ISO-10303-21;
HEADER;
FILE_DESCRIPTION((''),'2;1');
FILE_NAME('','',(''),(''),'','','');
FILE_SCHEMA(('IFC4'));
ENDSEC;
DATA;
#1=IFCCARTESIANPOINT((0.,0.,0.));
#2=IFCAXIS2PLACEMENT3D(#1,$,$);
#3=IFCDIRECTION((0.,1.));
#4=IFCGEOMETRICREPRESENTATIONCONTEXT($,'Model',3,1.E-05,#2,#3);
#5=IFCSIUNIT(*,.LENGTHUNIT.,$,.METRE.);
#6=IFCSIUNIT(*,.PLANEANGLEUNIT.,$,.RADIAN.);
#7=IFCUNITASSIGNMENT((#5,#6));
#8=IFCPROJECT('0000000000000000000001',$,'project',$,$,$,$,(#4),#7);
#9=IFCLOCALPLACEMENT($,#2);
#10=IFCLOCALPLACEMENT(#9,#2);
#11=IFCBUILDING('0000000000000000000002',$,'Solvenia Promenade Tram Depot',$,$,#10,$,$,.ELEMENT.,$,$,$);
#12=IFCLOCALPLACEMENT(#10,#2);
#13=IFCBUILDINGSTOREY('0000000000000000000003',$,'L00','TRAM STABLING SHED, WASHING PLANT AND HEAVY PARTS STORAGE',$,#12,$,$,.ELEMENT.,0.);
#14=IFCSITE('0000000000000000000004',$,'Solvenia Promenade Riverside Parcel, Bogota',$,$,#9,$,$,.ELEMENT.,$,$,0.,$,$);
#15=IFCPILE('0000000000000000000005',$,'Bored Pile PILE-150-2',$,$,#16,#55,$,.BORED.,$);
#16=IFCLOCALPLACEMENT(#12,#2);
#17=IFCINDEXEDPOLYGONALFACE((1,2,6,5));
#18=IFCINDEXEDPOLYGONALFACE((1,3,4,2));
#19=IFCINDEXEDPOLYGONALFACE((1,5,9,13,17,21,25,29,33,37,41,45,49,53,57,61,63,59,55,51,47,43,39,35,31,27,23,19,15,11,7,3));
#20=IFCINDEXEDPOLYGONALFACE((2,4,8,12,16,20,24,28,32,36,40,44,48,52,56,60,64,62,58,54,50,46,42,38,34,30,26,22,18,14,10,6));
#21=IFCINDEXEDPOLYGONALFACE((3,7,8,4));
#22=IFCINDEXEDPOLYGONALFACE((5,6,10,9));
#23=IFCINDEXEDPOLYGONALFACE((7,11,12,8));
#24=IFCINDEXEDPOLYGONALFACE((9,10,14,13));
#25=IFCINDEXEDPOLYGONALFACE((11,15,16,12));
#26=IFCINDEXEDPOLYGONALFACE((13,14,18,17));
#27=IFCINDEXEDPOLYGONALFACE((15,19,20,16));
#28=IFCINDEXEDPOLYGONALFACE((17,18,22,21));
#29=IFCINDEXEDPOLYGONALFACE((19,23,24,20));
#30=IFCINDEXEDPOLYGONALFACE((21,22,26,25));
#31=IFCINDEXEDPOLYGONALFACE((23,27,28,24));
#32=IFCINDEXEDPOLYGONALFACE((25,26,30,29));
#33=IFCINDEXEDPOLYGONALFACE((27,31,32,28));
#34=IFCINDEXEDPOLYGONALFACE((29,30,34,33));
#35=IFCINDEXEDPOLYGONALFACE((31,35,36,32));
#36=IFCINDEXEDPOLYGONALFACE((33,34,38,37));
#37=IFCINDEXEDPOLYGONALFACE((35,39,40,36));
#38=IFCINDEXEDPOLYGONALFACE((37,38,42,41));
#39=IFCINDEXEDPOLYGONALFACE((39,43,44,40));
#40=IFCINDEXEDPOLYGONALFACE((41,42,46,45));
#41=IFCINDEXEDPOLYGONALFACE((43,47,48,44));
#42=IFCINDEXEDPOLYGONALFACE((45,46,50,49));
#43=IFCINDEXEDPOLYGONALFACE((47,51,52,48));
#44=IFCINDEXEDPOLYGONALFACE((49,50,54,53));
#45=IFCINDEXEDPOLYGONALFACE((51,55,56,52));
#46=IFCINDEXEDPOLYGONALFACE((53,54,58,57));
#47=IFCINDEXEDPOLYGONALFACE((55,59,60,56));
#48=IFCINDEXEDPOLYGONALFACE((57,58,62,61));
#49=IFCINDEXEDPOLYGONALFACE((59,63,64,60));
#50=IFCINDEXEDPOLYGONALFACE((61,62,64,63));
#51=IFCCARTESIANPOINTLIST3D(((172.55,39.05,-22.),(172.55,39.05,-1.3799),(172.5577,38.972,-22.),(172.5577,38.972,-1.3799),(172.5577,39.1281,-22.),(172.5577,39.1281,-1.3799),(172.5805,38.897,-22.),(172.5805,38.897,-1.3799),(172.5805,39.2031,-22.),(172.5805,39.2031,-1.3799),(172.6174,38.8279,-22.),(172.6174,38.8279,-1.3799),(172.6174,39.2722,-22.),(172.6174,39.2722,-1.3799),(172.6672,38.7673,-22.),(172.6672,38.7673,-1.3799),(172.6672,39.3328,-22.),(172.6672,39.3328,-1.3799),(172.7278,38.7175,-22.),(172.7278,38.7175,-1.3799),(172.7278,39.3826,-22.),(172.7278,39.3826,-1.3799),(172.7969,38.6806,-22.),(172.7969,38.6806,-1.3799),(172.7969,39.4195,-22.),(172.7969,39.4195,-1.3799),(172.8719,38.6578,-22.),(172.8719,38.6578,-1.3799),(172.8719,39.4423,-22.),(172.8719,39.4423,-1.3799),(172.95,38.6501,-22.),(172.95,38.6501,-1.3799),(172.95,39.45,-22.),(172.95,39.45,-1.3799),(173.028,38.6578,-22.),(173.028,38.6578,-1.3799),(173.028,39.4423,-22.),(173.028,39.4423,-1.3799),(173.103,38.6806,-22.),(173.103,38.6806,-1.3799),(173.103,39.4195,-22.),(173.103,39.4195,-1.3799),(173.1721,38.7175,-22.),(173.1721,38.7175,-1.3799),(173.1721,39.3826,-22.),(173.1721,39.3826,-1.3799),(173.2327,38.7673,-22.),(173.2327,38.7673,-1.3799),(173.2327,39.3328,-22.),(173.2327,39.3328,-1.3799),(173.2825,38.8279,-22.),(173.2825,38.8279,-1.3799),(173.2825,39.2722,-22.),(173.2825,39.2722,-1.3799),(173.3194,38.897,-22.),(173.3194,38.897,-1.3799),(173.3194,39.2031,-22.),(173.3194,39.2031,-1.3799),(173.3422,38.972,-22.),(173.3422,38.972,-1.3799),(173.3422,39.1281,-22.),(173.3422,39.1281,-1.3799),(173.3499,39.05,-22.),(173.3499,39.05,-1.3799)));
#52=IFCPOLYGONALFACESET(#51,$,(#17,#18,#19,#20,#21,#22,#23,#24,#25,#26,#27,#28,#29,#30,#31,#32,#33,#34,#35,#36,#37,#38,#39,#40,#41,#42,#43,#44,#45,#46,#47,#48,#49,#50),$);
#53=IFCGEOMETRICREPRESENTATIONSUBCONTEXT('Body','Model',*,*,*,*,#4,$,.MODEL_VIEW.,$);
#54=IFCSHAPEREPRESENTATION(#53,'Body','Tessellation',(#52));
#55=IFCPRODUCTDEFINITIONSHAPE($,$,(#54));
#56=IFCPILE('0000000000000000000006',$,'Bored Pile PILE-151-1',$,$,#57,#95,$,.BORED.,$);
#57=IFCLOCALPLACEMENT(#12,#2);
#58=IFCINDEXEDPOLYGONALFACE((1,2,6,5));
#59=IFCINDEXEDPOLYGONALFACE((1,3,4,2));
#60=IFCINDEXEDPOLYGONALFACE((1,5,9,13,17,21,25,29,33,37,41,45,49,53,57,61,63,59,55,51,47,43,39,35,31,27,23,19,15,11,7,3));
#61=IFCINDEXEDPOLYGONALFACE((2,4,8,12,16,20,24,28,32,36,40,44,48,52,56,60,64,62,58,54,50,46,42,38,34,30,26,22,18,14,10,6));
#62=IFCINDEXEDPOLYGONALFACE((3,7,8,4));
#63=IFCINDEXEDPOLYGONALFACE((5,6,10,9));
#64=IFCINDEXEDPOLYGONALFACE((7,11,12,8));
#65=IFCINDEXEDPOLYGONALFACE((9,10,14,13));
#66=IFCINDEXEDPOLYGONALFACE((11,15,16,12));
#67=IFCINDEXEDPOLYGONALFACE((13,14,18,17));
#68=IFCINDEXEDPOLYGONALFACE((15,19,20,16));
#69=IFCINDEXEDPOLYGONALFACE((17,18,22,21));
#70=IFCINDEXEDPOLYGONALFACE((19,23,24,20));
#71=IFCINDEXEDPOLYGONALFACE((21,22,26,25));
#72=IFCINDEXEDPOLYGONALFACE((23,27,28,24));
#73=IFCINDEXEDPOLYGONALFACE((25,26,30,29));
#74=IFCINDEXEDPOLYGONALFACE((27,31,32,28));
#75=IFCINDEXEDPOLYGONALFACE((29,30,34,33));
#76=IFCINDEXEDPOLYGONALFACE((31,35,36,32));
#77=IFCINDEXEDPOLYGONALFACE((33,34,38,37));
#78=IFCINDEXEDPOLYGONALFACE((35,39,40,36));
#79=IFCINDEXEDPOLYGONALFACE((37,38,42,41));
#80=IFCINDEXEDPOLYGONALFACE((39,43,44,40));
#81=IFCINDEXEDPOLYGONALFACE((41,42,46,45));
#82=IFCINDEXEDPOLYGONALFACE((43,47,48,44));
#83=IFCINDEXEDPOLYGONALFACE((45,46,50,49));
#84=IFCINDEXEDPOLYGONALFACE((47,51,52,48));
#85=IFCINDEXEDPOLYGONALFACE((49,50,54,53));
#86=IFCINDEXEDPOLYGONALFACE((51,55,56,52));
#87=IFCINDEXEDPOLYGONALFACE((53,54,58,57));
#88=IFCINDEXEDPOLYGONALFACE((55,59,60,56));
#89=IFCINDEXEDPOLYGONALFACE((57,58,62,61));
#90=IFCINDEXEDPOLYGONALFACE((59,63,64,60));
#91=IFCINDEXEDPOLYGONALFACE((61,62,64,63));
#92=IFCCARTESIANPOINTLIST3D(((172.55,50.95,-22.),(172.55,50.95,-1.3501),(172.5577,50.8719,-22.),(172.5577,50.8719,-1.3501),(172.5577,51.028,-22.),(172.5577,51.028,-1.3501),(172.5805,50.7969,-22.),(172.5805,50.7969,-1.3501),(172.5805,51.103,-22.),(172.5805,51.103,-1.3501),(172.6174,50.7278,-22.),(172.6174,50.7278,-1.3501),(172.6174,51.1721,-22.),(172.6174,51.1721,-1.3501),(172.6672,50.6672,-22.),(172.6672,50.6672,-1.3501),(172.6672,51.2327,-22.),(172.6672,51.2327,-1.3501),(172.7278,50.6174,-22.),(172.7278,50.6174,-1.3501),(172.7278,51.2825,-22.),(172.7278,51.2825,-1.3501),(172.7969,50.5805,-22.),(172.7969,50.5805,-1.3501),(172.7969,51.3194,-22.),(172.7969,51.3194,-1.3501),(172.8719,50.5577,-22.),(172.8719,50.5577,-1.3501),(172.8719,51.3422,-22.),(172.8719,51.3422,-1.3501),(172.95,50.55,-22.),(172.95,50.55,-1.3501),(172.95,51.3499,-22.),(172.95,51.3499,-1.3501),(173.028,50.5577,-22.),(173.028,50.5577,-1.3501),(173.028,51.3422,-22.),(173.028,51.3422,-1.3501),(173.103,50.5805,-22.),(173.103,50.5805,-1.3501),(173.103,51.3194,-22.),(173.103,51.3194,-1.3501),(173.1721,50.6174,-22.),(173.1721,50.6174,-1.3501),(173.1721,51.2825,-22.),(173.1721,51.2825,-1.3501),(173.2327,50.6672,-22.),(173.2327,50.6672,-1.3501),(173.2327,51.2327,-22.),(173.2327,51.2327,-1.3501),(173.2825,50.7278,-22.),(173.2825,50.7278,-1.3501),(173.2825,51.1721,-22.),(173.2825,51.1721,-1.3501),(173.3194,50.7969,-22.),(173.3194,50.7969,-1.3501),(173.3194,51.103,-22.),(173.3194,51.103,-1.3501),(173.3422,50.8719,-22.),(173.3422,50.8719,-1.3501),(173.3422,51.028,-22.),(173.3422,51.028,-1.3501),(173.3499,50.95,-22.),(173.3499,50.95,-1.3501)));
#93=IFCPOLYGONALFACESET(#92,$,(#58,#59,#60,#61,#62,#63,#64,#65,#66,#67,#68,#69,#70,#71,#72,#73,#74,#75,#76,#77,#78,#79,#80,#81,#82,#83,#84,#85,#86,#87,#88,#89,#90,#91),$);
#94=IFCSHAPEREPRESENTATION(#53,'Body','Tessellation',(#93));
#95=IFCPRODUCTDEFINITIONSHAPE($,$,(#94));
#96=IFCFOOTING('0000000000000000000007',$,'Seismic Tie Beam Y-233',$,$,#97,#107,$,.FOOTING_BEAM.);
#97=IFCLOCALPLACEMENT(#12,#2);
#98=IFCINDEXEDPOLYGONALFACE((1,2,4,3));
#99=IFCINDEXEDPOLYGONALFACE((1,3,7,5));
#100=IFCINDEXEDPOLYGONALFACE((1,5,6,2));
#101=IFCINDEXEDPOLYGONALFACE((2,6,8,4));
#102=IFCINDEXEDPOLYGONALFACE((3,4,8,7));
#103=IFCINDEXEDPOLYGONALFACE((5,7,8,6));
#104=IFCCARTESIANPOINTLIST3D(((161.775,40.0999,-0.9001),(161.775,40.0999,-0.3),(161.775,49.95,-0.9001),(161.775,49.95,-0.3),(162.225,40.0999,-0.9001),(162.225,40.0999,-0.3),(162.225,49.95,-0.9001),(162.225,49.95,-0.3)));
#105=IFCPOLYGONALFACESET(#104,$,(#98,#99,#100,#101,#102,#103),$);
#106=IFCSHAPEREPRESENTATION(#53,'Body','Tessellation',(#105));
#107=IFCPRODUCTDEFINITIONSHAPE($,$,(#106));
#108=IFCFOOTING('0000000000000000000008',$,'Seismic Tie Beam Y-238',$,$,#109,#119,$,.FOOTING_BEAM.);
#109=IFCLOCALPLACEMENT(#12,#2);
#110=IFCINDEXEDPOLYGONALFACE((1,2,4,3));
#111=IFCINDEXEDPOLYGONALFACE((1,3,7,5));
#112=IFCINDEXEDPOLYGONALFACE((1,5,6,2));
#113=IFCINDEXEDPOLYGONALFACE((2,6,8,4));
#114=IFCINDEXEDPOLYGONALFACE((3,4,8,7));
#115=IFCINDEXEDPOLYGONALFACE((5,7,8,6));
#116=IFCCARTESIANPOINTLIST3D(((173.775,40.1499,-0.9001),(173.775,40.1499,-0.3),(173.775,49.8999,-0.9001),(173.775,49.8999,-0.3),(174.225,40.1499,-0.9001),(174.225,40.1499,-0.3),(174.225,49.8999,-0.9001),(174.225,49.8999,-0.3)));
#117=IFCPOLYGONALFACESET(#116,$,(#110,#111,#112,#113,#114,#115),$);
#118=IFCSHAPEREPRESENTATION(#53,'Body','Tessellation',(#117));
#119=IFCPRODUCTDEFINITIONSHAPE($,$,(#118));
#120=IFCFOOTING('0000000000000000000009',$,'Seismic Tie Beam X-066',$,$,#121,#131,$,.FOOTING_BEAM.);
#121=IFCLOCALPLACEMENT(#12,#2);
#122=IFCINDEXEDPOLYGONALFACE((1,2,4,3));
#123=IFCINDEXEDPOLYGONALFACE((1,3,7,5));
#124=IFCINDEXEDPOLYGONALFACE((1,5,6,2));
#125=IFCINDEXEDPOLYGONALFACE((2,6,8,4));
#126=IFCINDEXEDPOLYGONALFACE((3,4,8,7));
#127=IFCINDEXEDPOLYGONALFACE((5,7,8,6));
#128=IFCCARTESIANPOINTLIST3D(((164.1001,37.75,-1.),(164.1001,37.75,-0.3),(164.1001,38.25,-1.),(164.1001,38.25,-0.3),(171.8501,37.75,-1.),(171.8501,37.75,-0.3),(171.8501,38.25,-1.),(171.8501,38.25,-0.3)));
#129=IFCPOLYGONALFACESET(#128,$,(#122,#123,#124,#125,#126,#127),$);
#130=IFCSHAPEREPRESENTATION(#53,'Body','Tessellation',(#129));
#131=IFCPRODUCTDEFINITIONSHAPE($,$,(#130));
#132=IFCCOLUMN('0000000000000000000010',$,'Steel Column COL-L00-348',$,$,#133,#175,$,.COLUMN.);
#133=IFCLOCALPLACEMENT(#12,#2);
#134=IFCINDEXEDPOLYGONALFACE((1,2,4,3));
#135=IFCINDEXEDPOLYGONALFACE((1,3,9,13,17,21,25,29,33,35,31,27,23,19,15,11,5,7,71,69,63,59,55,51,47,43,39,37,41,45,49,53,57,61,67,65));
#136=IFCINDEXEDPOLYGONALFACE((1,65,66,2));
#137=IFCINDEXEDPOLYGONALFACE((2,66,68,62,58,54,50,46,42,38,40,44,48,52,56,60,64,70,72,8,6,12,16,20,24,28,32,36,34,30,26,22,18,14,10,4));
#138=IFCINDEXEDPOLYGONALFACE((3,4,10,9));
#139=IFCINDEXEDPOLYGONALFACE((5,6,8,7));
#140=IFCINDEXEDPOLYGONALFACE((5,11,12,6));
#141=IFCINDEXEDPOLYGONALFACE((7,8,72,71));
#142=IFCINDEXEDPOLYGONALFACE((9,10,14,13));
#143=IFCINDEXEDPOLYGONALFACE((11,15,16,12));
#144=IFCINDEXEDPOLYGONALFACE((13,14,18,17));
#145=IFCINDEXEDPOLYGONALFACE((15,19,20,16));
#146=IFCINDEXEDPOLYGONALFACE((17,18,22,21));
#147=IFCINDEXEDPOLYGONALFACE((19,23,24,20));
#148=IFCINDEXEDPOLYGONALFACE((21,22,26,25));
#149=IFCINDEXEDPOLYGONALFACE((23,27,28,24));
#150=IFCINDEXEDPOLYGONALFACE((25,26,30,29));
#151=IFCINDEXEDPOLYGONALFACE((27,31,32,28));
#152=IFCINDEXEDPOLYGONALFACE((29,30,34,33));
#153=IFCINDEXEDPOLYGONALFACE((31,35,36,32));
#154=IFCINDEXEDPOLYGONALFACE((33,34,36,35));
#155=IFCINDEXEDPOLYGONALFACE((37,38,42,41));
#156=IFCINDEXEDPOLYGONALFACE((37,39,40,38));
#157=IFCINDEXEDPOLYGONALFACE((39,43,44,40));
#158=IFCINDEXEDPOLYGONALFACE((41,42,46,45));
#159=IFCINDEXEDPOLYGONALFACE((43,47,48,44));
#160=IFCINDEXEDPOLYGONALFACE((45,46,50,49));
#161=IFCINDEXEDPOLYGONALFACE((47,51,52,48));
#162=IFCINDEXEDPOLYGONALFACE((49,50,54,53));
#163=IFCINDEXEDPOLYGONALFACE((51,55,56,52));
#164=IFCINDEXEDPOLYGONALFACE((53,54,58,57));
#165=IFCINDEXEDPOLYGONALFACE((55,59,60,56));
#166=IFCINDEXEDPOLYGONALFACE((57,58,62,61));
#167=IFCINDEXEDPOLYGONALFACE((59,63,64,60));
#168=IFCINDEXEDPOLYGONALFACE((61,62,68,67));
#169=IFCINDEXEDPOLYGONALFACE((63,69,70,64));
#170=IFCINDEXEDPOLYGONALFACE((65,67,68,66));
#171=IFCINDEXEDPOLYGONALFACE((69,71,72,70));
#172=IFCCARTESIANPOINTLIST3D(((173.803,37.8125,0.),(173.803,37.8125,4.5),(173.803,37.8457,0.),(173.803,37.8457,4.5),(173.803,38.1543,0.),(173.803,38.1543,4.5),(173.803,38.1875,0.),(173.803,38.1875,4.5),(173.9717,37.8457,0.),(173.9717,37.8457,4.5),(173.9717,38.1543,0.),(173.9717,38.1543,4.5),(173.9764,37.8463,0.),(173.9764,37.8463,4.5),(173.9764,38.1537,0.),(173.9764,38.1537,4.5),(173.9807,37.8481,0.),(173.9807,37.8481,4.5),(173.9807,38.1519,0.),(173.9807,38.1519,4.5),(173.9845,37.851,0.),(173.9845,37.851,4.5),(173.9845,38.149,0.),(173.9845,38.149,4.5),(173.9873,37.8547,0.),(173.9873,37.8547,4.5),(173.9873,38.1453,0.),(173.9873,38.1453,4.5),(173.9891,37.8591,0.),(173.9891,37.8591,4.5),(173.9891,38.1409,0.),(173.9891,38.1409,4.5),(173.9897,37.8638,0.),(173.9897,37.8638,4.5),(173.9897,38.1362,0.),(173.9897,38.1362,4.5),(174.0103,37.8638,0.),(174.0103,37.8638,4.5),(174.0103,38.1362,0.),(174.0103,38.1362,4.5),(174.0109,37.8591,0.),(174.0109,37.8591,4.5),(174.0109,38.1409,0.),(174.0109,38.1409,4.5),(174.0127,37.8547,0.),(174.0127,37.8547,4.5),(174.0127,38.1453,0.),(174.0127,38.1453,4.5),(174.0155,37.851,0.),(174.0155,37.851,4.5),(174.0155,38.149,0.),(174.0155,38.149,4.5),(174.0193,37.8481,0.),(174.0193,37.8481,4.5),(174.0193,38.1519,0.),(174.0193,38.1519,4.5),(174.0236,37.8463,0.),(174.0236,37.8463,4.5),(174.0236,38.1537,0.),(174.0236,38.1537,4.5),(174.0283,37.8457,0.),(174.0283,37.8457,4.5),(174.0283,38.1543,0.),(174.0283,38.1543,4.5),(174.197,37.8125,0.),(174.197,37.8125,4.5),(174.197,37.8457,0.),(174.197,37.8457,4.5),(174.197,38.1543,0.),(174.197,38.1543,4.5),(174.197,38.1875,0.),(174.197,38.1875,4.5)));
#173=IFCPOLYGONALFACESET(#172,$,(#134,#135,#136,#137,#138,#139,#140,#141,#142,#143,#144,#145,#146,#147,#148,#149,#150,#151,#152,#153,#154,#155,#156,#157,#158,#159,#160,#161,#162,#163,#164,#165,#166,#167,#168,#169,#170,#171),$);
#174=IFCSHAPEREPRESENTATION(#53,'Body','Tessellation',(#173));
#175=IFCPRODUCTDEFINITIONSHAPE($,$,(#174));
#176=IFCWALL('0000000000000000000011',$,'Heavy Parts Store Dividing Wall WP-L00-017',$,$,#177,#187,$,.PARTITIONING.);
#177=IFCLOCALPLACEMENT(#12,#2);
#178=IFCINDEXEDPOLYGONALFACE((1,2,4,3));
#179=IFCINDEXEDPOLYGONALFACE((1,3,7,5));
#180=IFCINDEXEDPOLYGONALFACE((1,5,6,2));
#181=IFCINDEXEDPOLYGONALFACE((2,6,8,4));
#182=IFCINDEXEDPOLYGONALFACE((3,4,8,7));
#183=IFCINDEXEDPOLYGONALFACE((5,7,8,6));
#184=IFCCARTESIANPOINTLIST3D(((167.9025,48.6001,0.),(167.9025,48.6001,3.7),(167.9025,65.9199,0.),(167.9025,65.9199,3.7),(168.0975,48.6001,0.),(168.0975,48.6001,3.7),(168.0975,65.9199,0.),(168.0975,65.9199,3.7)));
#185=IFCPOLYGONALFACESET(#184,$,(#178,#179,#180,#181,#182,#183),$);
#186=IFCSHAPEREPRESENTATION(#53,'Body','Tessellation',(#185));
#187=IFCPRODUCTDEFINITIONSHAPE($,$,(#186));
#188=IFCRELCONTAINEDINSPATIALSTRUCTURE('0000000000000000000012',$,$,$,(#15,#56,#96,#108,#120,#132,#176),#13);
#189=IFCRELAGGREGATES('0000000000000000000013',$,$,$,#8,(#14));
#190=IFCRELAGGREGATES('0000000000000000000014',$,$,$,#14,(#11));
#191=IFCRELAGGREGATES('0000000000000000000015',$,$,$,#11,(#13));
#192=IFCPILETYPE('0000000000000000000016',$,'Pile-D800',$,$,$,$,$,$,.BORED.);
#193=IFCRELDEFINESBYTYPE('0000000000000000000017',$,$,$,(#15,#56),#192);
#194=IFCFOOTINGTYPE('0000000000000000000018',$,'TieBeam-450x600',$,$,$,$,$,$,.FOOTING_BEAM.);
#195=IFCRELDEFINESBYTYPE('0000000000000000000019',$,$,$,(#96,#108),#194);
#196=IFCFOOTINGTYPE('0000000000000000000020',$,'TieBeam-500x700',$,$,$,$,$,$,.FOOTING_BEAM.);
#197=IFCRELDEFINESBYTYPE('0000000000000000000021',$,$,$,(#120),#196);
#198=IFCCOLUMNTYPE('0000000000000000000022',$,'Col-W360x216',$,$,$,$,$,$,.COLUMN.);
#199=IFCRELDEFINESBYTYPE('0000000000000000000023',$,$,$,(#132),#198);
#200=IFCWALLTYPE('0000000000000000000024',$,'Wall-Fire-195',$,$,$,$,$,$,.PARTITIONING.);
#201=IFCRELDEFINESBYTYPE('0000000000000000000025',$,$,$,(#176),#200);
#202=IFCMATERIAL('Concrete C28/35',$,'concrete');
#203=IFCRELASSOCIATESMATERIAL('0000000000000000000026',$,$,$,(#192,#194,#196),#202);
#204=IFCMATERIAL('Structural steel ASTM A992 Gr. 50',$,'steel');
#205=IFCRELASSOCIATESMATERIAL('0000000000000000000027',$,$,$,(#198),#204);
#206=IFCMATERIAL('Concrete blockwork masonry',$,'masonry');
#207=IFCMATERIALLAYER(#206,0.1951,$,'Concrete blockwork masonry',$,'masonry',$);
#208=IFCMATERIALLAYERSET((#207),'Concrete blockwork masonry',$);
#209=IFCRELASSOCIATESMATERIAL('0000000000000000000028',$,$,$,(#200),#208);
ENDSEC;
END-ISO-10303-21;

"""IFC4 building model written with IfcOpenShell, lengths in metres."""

from ifc_helpers import new_model, si_unit, direction, frame, frame_2d, origin, origin_2d, place, context, subcontext, project, spatial, rectangle, circle, i_section, extrude, material, layer, layer_set, material_profile, profile_set, type_object, element, save


model = new_model("IFC4")

# Units and contexts
model_context = context("Model", 3, precision=1e-05, world=origin(), true_north=direction((0.0, 1.0)))
body_context = subcontext(model_context, "Body", "Model", "MODEL_VIEW")
ifc_project = project(units=[si_unit("LENGTHUNIT", "METRE"), si_unit("PLANEANGLEUNIT", "RADIAN")], contexts=[model_context])

# Site, building, storey
site_placement = place(None, origin())
site = spatial("IfcSite", under=ifc_project, at=site_placement, Name="Solvenia Promenade Riverside Parcel, Bogota", CompositionType="ELEMENT", RefElevation=0.0)
building_placement = place(site_placement, origin())
building = spatial("IfcBuilding", under=site, at=building_placement, Name="Solvenia Promenade Tram Depot", CompositionType="ELEMENT")
storey_placement = place(building_placement, origin())
storey = spatial("IfcBuildingStorey", under=building, at=storey_placement, Name="L00", Description="TRAM STABLING SHED, WASHING PLANT AND HEAVY PARTS STORAGE", CompositionType="ELEMENT", Elevation=0.0)

# Shared definitions
ifc_material_1 = material(Name="Concrete C28/35", Category="concrete")

# Piles
ifc_material_profile_1 = material_profile(ifc_material_1, circle(Radius=0.3999, at=origin_2d()), Name="D800", Category="concrete")
ifc_profile_set_1 = profile_set([ifc_material_profile_1], Name="Concrete C28/35")
pile_type = type_object("IfcPileType", Name="Pile-D800", PredefinedType="BORED", material=ifc_profile_set_1)
pile_1_placement = place(storey_placement, frame((172.95, 39.05, -1.3799), z_axis=(0.0, 0.0, -1.0), x_axis=(1.0, 0.0, 0.0)))
element("IfcPile", 1, at=pile_1_placement, inside=storey, type_object=pile_type, Name="Bored Pile PILE-150-2", PredefinedType="BORED", context=body_context, shape_type="SweptSolid", body=[
    extrude(circle(Radius=0.3999, at=origin_2d()), origin(), (0.0, 0.0, 1.0), 20.6201),
])
pile_2_placement = place(storey_placement, frame((172.95, 50.95, -1.3501), z_axis=(0.0, 0.0, -1.0), x_axis=(1.0, 0.0, 0.0)))
element("IfcPile", 2, at=pile_2_placement, inside=storey, type_object=pile_type, Name="Bored Pile PILE-151-1", PredefinedType="BORED", context=body_context, shape_type="SweptSolid", body=[
    extrude(circle(Radius=0.3999, at=origin_2d()), origin(), (0.0, 0.0, 1.0), 20.6499),
])

# Footings
footing_type_1 = type_object("IfcFootingType", Name="TieBeam-450x600", PredefinedType="FOOTING_BEAM", material=ifc_material_1)
footing_1_placement = place(storey_placement, frame((162.0, 45.0249, -0.9001), z_axis=(0.0, 0.0, 1.0), x_axis=(1.0, 0.0, 0.0)))
element("IfcFooting", 3, at=footing_1_placement, inside=storey, type_object=footing_type_1, Name="Seismic Tie Beam Y-233", PredefinedType="FOOTING_BEAM", context=body_context, shape_type="SweptSolid", body=[
    extrude(rectangle(XDim=0.45, YDim=9.8501, at=origin_2d()), origin(), (0.0, 0.0, 1.0), 0.6001),
])
footing_2_placement = place(storey_placement, frame((174.0, 45.0249, -0.9001), z_axis=(0.0, 0.0, 1.0), x_axis=(1.0, 0.0, 0.0)))
element("IfcFooting", 4, at=footing_2_placement, inside=storey, type_object=footing_type_1, Name="Seismic Tie Beam Y-238", PredefinedType="FOOTING_BEAM", context=body_context, shape_type="SweptSolid", body=[
    extrude(rectangle(XDim=0.45, YDim=9.75, at=origin_2d()), origin(), (0.0, 0.0, 1.0), 0.6001),
])
footing_type_2 = type_object("IfcFootingType", Name="TieBeam-500x700", PredefinedType="FOOTING_BEAM", material=ifc_material_1)
footing_3_placement = place(storey_placement, frame((167.9751, 38.0, -1.0), z_axis=(0.0, 0.0, 1.0), x_axis=(1.0, 0.0, 0.0)))
element("IfcFooting", 5, at=footing_3_placement, inside=storey, type_object=footing_type_2, Name="Seismic Tie Beam X-066", PredefinedType="FOOTING_BEAM", context=body_context, shape_type="SweptSolid", body=[
    extrude(rectangle(XDim=7.75, YDim=0.5, at=origin_2d()), origin(), (0.0, 0.0, 1.0), 0.7),
])

# Column
ifc_material_2 = material(Name="Structural steel ASTM A992 Gr. 50", Category="steel")
ifc_material_profile_2 = material_profile(ifc_material_2, i_section(OverallWidth=0.394, OverallDepth=0.375, WebThickness=0.0205, FlangeThickness=0.0332, FilletRadius=0.0181, at=origin_2d()), Name="W360x216", Category="steel")
ifc_profile_set_2 = profile_set([ifc_material_profile_2], Name="Structural steel ASTM A992 Gr. 50")
column_type = type_object("IfcColumnType", Name="Col-W360x216", PredefinedType="COLUMN", material=ifc_profile_set_2)
column_placement = place(storey_placement, frame((174.0, 38.0, 0.0), z_axis=(0.0, 0.0, 1.0), x_axis=(1.0, 0.0, 0.0)))
element("IfcColumn", 6, at=column_placement, inside=storey, type_object=column_type, Name="Steel Column COL-L00-348", PredefinedType="COLUMN", context=body_context, shape_type="SweptSolid", body=[
    extrude(i_section(OverallWidth=0.394, OverallDepth=0.375, WebThickness=0.0205, FlangeThickness=0.0332, FilletRadius=0.0181, at=origin_2d()), origin(), (0.0, 0.0, 1.0), 4.5),
])

# Wall
ifc_material_3 = material(Name="Concrete blockwork masonry", Category="masonry")
ifc_layer_1 = layer(ifc_material_3, 0.1951, Name="Concrete blockwork masonry", Category="masonry")
ifc_layer_set_1 = layer_set([ifc_layer_1], Name="Concrete blockwork masonry")
wall_type_1 = type_object("IfcWallType", Name="Wall-Fire-195", PredefinedType="PARTITIONING", material=ifc_layer_set_1)
wall_1_placement = place(storey_placement, frame((168.0, 48.6001, 0.0), z_axis=(0.0, 0.0, 1.0), x_axis=(0.0, 1.0, 0.0)))
element("IfcWall", 7, at=wall_1_placement, inside=storey, type_object=wall_type_1, Name="Heavy Parts Store Dividing Wall WP-L00-017", PredefinedType="PARTITIONING", context=body_context, shape_type="SweptSolid", body=[
    extrude(rectangle(XDim=17.3198, YDim=0.1951, at=frame_2d((8.6599, 0.0))), origin(), (0.0, 0.0, 1.0), 3.7),
])

save(model, "model.ifc")
